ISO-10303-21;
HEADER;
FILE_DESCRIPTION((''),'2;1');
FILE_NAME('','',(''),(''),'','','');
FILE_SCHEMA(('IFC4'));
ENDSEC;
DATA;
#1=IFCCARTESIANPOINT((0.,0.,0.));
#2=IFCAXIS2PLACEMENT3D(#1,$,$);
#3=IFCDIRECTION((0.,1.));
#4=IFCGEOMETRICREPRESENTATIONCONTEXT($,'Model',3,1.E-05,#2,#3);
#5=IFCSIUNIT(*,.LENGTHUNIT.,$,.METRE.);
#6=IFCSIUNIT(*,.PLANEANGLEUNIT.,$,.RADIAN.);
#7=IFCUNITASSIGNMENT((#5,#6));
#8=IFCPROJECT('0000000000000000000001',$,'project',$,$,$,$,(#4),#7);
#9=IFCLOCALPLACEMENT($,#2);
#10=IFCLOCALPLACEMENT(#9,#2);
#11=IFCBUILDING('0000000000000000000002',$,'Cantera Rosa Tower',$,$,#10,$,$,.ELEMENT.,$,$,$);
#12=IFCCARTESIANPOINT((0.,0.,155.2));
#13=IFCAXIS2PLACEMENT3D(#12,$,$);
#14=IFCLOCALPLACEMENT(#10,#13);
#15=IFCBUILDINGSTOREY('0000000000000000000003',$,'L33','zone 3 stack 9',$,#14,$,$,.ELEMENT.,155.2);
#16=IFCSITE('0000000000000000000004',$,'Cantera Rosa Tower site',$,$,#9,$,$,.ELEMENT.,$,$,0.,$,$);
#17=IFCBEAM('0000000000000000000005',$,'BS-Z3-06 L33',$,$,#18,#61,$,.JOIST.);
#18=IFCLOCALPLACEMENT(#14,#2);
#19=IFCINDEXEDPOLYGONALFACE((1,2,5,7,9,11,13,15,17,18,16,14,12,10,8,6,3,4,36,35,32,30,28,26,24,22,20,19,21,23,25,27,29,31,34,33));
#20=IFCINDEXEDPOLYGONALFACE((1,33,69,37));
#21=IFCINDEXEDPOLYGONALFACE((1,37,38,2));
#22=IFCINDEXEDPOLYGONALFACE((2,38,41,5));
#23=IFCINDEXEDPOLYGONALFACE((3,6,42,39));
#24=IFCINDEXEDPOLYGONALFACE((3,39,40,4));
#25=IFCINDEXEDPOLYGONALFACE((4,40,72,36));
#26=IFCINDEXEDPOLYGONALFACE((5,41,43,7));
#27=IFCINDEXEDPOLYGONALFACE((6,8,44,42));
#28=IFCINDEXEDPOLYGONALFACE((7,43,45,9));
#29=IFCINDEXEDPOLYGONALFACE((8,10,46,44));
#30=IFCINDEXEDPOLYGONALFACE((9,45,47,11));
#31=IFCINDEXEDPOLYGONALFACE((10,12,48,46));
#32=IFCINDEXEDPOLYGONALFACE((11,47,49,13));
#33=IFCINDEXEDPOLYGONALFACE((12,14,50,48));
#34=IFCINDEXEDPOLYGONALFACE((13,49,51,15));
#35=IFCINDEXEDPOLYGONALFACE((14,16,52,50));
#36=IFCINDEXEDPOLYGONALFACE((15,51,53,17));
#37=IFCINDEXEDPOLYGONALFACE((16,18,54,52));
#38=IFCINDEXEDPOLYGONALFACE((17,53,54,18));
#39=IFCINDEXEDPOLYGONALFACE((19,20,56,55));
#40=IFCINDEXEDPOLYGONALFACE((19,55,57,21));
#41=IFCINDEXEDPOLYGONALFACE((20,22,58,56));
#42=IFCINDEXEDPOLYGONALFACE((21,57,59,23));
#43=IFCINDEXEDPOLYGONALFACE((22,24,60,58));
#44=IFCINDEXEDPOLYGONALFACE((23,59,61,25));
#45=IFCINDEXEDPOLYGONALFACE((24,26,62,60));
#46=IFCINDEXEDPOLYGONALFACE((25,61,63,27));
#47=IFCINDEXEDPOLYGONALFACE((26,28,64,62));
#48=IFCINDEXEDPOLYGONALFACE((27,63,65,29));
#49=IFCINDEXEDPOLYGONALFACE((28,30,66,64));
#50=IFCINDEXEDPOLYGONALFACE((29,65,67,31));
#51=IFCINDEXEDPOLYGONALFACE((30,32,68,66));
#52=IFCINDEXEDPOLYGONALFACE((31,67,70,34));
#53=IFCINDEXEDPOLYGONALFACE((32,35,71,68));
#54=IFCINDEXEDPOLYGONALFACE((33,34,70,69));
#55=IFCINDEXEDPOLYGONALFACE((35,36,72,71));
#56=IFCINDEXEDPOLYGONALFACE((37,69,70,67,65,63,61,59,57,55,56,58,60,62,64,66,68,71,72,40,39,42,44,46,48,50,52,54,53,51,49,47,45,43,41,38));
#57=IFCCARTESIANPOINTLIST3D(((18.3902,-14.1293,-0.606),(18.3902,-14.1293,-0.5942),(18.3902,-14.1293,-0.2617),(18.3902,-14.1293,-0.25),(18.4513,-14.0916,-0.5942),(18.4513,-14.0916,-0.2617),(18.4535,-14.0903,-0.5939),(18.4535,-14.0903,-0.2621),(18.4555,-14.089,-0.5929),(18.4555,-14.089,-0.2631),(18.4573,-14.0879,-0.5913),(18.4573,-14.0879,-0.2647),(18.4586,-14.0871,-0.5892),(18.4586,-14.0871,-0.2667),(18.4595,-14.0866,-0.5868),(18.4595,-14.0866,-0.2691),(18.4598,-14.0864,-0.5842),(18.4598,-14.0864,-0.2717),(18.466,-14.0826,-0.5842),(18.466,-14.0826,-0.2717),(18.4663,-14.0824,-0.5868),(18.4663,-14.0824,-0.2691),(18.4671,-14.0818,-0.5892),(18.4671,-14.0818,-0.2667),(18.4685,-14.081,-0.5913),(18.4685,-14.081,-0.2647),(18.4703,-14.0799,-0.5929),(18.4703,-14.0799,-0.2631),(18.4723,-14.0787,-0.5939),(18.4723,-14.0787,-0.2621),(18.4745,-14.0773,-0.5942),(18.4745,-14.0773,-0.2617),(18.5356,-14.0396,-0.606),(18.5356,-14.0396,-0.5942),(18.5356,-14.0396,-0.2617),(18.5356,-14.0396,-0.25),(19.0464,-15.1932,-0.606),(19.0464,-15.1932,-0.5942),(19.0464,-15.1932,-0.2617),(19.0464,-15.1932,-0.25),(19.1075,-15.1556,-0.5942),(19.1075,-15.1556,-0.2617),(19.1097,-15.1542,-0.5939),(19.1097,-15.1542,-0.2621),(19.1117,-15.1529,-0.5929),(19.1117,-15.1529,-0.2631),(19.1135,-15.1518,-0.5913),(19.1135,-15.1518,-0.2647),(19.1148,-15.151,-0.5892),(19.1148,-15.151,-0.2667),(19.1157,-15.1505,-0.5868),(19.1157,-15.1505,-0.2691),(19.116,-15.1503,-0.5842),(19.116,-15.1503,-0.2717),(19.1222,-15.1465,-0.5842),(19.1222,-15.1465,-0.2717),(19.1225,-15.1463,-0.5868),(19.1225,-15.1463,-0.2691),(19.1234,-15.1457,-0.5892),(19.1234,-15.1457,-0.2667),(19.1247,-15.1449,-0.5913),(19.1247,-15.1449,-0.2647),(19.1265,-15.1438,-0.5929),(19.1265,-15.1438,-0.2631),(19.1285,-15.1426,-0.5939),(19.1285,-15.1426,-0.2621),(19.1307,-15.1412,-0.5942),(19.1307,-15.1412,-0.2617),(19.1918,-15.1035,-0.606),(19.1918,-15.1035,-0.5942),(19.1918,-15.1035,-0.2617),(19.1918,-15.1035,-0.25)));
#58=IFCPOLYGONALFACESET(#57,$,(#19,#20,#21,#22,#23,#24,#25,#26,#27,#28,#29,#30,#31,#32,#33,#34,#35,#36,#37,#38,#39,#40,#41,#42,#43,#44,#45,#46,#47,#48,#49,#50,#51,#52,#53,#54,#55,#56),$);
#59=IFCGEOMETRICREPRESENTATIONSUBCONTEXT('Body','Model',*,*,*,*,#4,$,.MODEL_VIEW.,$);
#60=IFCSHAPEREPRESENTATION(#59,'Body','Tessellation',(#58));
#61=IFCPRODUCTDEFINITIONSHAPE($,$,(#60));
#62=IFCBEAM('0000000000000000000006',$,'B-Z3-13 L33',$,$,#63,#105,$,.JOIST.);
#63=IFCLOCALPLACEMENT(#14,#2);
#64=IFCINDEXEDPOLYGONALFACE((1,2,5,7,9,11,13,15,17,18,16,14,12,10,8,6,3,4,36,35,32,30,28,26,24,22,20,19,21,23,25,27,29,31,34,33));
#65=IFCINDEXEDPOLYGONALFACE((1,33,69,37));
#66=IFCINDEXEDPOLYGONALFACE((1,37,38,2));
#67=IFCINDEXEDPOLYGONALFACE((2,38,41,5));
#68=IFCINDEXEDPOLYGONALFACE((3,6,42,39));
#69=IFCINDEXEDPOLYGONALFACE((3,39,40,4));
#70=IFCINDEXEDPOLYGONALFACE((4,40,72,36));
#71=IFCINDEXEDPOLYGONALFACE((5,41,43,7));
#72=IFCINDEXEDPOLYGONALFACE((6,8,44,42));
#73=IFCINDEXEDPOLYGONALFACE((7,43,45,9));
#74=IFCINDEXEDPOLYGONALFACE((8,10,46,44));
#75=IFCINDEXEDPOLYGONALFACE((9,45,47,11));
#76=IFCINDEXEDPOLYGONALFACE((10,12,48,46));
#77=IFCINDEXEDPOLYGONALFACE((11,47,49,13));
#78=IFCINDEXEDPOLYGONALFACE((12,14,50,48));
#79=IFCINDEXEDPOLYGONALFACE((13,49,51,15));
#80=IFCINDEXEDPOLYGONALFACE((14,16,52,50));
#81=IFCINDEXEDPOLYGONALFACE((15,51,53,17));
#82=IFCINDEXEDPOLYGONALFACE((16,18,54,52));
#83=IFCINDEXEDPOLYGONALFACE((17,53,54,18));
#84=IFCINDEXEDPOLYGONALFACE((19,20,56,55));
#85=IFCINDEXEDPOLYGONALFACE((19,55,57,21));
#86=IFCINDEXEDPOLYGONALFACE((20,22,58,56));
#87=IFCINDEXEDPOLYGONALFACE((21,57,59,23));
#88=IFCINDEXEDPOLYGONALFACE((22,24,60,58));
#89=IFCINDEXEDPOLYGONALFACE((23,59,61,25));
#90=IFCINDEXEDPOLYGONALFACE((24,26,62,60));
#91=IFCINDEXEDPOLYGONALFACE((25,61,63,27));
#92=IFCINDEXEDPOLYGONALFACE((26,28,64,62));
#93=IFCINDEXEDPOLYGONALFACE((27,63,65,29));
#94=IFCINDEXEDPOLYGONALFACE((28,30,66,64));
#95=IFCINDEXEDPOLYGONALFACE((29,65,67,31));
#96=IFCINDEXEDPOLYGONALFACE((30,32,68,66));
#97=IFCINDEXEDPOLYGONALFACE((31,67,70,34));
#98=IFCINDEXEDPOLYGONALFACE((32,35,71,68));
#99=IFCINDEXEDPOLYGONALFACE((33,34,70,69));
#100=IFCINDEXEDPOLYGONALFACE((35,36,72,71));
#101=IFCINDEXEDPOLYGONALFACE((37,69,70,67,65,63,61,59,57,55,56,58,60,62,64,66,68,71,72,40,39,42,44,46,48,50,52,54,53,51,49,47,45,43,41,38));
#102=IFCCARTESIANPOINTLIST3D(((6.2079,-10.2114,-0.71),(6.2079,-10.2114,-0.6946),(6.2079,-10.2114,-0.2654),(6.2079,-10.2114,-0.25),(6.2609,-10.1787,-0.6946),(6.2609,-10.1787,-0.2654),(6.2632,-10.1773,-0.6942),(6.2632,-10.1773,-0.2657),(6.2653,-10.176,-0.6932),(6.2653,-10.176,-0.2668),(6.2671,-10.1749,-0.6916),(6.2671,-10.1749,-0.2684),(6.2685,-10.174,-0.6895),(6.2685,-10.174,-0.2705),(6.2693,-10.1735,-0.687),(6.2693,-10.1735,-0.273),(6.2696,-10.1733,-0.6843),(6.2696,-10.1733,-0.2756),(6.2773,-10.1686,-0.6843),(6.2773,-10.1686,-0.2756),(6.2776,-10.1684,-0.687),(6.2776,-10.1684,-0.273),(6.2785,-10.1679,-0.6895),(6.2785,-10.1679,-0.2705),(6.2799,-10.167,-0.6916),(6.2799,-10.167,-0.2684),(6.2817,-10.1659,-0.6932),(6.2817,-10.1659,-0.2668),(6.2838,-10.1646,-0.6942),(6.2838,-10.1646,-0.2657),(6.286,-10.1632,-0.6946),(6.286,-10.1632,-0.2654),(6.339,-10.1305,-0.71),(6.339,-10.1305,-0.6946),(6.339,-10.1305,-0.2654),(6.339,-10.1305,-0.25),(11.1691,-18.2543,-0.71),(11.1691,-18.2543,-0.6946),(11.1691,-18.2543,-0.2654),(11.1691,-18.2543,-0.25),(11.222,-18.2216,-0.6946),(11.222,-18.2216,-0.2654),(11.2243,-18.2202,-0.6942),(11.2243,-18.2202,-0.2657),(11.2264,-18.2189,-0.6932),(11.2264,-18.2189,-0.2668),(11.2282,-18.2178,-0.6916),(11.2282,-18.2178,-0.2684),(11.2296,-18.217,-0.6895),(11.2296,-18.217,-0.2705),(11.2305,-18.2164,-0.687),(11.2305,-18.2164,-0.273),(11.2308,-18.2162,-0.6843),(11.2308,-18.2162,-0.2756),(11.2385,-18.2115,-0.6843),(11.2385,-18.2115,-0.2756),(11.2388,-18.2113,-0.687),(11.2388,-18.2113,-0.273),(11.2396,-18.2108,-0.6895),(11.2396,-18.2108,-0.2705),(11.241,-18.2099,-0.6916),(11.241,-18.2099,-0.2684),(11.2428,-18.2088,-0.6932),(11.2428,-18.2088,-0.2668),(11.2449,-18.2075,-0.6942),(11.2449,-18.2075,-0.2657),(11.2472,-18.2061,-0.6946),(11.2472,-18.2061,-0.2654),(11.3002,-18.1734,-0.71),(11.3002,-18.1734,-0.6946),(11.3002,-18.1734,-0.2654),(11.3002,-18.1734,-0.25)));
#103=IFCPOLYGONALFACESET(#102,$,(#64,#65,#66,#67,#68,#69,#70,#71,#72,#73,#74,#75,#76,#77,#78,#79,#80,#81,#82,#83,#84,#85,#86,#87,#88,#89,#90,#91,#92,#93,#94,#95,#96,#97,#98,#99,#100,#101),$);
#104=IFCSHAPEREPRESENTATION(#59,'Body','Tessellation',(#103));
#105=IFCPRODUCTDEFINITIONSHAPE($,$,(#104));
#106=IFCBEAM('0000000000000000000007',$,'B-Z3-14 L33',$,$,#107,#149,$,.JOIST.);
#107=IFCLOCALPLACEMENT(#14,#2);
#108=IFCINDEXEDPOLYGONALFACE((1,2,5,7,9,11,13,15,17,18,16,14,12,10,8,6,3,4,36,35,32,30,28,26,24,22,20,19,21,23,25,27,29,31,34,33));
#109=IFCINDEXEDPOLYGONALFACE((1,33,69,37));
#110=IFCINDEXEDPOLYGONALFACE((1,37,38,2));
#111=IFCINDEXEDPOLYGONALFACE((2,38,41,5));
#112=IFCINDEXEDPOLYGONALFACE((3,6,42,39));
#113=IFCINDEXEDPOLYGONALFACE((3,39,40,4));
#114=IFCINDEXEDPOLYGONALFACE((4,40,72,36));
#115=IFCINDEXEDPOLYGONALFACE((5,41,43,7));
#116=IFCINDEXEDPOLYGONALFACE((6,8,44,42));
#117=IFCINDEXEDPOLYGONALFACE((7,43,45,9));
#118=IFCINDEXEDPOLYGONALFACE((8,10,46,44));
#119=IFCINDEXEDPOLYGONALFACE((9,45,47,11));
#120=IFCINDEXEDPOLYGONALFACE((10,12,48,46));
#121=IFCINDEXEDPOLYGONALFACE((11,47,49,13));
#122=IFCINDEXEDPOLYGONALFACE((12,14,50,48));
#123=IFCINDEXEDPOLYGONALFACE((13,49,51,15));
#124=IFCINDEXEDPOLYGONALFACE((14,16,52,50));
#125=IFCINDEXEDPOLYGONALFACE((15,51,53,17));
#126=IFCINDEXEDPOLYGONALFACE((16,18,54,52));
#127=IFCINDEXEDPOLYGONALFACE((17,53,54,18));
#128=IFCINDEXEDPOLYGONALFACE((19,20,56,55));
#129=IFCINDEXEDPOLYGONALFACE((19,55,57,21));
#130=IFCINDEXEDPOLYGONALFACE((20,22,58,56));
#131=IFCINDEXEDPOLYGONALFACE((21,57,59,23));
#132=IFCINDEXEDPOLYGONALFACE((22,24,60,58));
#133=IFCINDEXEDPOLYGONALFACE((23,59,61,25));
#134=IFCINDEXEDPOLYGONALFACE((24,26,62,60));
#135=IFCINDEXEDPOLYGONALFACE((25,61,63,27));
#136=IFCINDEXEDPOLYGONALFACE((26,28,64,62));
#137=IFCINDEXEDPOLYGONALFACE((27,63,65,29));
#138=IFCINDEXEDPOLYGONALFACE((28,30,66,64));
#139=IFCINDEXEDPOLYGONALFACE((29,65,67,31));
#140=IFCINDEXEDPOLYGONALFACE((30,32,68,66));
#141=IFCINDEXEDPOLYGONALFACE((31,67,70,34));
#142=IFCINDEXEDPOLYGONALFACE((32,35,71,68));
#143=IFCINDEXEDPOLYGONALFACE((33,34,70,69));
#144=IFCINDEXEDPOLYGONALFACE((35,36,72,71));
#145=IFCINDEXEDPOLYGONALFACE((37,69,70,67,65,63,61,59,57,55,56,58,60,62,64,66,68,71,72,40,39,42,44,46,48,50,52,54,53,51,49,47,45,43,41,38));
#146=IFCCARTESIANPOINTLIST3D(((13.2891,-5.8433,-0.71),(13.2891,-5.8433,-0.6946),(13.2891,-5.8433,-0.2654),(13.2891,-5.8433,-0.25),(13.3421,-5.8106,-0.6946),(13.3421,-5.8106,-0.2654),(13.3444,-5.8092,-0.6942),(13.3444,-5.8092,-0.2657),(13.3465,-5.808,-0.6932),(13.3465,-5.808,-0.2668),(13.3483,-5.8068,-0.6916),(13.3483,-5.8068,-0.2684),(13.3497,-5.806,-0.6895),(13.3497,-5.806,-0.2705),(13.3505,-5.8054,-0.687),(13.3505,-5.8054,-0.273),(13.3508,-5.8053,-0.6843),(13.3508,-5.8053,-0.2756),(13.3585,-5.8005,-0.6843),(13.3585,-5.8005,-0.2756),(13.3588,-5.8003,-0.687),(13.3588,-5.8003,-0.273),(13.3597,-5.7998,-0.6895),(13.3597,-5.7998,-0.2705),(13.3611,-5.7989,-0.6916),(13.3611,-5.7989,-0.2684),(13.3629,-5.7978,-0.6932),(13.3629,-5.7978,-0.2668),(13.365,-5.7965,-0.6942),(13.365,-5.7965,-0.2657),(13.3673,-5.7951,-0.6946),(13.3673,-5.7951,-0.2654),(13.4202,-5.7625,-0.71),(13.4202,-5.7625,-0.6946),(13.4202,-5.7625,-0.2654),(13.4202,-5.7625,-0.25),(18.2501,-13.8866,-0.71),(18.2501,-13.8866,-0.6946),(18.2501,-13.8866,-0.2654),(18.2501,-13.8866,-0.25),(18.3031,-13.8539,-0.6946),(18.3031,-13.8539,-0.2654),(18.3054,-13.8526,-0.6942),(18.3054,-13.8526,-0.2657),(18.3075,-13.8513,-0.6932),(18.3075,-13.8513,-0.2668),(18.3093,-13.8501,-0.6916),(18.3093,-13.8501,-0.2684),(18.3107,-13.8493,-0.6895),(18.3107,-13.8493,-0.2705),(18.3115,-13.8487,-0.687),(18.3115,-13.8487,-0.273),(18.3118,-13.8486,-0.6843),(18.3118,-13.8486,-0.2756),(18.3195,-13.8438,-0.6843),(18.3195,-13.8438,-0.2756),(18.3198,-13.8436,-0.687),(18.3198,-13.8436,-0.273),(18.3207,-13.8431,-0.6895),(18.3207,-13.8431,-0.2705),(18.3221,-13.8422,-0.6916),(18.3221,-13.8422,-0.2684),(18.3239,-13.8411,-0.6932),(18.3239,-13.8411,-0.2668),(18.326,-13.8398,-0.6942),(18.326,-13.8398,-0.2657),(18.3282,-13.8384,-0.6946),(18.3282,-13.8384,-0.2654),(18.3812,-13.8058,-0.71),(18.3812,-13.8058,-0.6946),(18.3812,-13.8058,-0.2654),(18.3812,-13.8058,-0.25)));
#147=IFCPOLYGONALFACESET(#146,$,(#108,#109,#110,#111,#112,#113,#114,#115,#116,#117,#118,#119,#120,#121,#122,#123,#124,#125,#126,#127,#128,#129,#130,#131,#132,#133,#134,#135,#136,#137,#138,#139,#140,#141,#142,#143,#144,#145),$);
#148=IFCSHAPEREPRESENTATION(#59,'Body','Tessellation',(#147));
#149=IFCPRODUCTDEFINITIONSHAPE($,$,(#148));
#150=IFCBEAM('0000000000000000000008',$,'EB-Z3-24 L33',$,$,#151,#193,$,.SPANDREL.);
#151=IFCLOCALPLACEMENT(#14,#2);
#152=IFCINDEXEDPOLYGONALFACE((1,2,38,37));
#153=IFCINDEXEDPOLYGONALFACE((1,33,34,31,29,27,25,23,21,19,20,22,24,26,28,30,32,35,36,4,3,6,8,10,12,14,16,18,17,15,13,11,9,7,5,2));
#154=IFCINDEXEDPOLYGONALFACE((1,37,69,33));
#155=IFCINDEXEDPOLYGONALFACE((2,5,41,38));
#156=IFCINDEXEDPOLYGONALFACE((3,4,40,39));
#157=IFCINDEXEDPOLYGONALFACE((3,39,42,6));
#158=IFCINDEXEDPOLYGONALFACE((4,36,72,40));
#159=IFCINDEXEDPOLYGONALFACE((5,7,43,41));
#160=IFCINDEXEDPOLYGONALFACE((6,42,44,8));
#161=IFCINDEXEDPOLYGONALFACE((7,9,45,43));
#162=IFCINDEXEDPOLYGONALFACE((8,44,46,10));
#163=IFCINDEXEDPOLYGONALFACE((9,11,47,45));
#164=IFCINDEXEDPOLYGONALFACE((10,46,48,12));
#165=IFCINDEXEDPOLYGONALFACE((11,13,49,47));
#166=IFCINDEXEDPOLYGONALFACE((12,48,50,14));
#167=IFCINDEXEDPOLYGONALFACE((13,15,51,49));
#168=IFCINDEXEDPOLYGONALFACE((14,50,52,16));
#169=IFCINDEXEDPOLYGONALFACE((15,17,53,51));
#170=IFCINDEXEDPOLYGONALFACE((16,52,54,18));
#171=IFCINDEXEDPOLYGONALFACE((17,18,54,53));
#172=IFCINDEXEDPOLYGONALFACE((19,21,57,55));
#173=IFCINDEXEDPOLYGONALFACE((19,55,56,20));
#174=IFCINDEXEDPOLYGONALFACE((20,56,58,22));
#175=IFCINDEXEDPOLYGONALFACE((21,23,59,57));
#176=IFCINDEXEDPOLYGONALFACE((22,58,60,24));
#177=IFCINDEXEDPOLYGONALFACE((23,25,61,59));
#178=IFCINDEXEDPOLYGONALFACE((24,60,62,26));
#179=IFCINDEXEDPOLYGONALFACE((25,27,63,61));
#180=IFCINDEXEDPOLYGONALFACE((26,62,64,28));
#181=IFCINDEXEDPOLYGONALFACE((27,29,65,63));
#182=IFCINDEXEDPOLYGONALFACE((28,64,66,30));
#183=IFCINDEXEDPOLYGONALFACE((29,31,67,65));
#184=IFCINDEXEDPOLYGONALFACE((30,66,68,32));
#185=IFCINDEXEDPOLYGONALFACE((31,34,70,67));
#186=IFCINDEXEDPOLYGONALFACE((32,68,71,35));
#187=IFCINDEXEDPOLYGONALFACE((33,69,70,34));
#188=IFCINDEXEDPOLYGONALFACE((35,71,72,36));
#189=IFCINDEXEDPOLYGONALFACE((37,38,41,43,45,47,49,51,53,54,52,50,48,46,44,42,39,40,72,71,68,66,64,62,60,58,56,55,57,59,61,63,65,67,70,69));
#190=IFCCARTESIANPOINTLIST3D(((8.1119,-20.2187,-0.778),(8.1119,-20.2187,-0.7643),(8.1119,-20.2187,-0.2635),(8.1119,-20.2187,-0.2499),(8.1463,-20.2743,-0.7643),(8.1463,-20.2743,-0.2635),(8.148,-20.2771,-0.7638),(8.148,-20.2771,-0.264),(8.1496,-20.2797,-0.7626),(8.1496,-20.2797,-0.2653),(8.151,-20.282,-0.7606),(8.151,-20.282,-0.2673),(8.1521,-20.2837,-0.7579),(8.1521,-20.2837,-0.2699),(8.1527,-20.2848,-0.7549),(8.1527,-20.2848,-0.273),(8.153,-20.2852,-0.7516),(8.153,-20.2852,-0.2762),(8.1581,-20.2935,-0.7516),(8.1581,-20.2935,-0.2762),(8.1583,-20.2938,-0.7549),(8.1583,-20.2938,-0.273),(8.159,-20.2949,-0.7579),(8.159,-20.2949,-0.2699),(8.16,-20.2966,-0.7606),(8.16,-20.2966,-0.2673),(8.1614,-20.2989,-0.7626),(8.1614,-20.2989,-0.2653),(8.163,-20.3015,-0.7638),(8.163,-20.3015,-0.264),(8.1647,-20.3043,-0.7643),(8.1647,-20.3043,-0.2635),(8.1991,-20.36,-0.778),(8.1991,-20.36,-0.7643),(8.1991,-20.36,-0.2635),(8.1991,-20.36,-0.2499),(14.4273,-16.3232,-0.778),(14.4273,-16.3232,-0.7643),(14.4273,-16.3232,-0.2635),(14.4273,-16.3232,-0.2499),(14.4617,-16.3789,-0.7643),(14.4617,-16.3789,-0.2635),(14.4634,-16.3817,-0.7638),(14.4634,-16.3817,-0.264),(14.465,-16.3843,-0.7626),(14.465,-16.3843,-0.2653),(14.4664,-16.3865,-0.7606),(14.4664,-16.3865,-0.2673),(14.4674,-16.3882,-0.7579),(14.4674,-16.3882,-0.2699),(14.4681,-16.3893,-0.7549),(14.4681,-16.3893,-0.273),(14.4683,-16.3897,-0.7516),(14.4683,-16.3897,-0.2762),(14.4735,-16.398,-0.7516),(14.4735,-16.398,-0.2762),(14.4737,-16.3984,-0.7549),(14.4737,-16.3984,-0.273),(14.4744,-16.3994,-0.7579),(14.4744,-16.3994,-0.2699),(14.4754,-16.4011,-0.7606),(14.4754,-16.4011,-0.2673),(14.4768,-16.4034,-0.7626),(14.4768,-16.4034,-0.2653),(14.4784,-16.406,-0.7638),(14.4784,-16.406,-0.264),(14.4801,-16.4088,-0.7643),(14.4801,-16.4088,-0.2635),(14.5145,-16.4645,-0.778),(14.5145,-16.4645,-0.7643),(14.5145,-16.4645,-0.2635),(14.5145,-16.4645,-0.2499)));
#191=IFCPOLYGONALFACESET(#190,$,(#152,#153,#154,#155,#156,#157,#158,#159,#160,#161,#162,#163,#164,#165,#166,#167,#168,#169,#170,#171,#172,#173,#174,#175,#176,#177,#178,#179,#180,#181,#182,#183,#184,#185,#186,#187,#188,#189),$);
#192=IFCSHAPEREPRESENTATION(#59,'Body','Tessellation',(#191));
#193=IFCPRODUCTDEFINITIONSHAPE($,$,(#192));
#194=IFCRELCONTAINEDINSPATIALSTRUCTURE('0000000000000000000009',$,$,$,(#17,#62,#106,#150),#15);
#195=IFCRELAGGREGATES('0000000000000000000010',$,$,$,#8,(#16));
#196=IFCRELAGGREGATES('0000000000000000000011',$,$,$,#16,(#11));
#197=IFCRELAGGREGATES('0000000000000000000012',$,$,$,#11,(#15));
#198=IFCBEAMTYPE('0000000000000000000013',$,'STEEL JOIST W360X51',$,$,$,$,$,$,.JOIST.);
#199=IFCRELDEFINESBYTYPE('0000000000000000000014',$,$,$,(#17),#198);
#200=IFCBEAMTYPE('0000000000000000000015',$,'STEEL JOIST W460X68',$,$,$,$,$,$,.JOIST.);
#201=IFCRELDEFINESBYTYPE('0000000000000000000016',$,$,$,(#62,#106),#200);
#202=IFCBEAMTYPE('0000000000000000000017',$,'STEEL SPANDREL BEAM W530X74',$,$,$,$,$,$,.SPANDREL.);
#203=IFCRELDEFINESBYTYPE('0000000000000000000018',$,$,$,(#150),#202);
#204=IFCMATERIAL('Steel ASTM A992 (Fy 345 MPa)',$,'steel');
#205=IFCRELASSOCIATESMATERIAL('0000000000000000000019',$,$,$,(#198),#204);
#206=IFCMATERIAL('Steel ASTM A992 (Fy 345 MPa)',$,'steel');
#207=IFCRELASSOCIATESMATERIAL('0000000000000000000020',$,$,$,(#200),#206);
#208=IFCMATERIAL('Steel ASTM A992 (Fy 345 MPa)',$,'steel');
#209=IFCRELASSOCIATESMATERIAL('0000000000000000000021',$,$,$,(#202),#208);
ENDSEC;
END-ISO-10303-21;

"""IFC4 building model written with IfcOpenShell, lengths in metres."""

from ifc_helpers import new_model, si_unit, direction, frame, origin, origin_2d, place, context, subcontext, project, spatial, i_section, extrude, material, material_profile, profile_set, type_object, element, save


model = new_model("IFC4")

# Units and contexts
model_context = context("Model", 3, precision=1e-05, world=origin(), true_north=direction((0.0, 1.0)))
body_context = subcontext(model_context, "Body", "Model", "MODEL_VIEW")
ifc_project = project(units=[si_unit("LENGTHUNIT", "METRE"), si_unit("PLANEANGLEUNIT", "RADIAN")], contexts=[model_context])

# Site, building, storey
site_placement = place(None, origin())
site = spatial("IfcSite", under=ifc_project, at=site_placement, Name="Cantera Rosa Tower site", CompositionType="ELEMENT", RefElevation=0.0)
building_placement = place(site_placement, origin())
building = spatial("IfcBuilding", under=site, at=building_placement, Name="Cantera Rosa Tower", CompositionType="ELEMENT")
storey_placement = place(building_placement, frame((0.0, 0.0, 155.2)))
storey = spatial("IfcBuildingStorey", under=building, at=storey_placement, Name="L33", Description="zone 3 stack 9", CompositionType="ELEMENT", Elevation=155.2)

# Beams
ifc_material_1 = material(Name="Steel ASTM A992 (Fy 345 MPa)", Category="steel")
ifc_material_profile_1 = material_profile(ifc_material_1, i_section(OverallWidth=0.1709, OverallDepth=0.356, WebThickness=0.0073, FlangeThickness=0.0117, FilletRadius=0.01, at=origin_2d()), Name="W360X51")
ifc_profile_set_1 = profile_set([ifc_material_profile_1], Name="Steel ASTM A992 (Fy 345 MPa)")
beam_type_1 = type_object("IfcBeamType", Name="STEEL JOIST W360X51", PredefinedType="JOIST", material=ifc_profile_set_1)
beam_1_placement = place(storey_placement, frame((18.4629, -14.0845, -0.428), z_axis=(0.524969, -0.851121, 0.0), x_axis=(0.851121, 0.524969, 0.0)))
element("IfcBeam", 1, at=beam_1_placement, inside=storey, type_object=beam_type_1, Name="BS-Z3-06 L33", PredefinedType="JOIST", context=body_context, shape_type="SweptSolid", body=[
    extrude(i_section(OverallWidth=0.1709, OverallDepth=0.356, WebThickness=0.0073, FlangeThickness=0.0117, FilletRadius=0.01, at=origin_2d()), origin(), (0.0, 0.0, 1.0), 1.25),
])
ifc_material_2 = material(Name="Steel ASTM A992 (Fy 345 MPa)", Category="steel")
ifc_material_profile_2 = material_profile(ifc_material_2, i_section(OverallWidth=0.1541, OverallDepth=0.46, WebThickness=0.009, FlangeThickness=0.0154, FilletRadius=0.0103, at=origin_2d()), Name="W460X68")
ifc_profile_set_2 = profile_set([ifc_material_profile_2], Name="Steel ASTM A992 (Fy 345 MPa)")
beam_type_2 = type_object("IfcBeamType", Name="STEEL JOIST W460X68", PredefinedType="JOIST", material=ifc_profile_set_2)
beam_2_placement = place(storey_placement, frame((11.2346, -18.2139, -0.48), z_axis=(-0.524992, 0.851107, 0.0), x_axis=(-0.851107, -0.524992, 0.0)))
element("IfcBeam", 2, at=beam_2_placement, inside=storey, type_object=beam_type_2, Name="B-Z3-13 L33", PredefinedType="JOIST", context=body_context, shape_type="SweptSolid", body=[
    extrude(i_section(OverallWidth=0.1541, OverallDepth=0.46, WebThickness=0.009, FlangeThickness=0.0154, FilletRadius=0.0103, at=origin_2d()), origin(), (0.0, 0.0, 1.0), 9.45),
])
beam_3_placement = place(storey_placement, frame((18.3157, -13.8462, -0.48), z_axis=(-0.524962, 0.851126, 0.0), x_axis=(-0.851126, -0.524962, 0.0)))
element("IfcBeam", 3, at=beam_3_placement, inside=storey, type_object=beam_type_2, Name="B-Z3-14 L33", PredefinedType="JOIST", context=body_context, shape_type="SweptSolid", body=[
    extrude(i_section(OverallWidth=0.1541, OverallDepth=0.46, WebThickness=0.009, FlangeThickness=0.0154, FilletRadius=0.0103, at=origin_2d()), origin(), (0.0, 0.0, 1.0), 9.4502),
])
ifc_material_3 = material(Name="Steel ASTM A992 (Fy 345 MPa)", Category="steel")
ifc_material_profile_3 = material_profile(ifc_material_3, i_section(OverallWidth=0.166, OverallDepth=0.5281, WebThickness=0.0098, FlangeThickness=0.0137, FilletRadius=0.0127, at=origin_2d()), Name="W530X74")
ifc_profile_set_3 = profile_set([ifc_material_profile_3], Name="Steel ASTM A992 (Fy 345 MPa)")
beam_type_3 = type_object("IfcBeamType", Name="STEEL SPANDREL BEAM W530X74", PredefinedType="SPANDREL", material=ifc_profile_set_3)
for number, where, z_axis, x_axis, name in (
    (4, (8.1555, -20.2893, -0.5139), (0.851111, 0.524986, 0.0), (-0.524986, 0.851111, 0.0), "EB-Z3-24 L33"),
):
    element("IfcBeam", number, at=place(storey_placement, frame(where, z_axis=z_axis, x_axis=x_axis)), inside=storey, type_object=beam_type_3, Name=name, PredefinedType="SPANDREL", context=body_context, shape_type="SweptSolid", body=[
        extrude(i_section(OverallWidth=0.166, OverallDepth=0.5281, WebThickness=0.0098, FlangeThickness=0.0137, FilletRadius=0.0127, at=origin_2d()), origin(), (0.0, 0.0, 1.0), 7.4202),
    ])

save(model, "model.ifc")
